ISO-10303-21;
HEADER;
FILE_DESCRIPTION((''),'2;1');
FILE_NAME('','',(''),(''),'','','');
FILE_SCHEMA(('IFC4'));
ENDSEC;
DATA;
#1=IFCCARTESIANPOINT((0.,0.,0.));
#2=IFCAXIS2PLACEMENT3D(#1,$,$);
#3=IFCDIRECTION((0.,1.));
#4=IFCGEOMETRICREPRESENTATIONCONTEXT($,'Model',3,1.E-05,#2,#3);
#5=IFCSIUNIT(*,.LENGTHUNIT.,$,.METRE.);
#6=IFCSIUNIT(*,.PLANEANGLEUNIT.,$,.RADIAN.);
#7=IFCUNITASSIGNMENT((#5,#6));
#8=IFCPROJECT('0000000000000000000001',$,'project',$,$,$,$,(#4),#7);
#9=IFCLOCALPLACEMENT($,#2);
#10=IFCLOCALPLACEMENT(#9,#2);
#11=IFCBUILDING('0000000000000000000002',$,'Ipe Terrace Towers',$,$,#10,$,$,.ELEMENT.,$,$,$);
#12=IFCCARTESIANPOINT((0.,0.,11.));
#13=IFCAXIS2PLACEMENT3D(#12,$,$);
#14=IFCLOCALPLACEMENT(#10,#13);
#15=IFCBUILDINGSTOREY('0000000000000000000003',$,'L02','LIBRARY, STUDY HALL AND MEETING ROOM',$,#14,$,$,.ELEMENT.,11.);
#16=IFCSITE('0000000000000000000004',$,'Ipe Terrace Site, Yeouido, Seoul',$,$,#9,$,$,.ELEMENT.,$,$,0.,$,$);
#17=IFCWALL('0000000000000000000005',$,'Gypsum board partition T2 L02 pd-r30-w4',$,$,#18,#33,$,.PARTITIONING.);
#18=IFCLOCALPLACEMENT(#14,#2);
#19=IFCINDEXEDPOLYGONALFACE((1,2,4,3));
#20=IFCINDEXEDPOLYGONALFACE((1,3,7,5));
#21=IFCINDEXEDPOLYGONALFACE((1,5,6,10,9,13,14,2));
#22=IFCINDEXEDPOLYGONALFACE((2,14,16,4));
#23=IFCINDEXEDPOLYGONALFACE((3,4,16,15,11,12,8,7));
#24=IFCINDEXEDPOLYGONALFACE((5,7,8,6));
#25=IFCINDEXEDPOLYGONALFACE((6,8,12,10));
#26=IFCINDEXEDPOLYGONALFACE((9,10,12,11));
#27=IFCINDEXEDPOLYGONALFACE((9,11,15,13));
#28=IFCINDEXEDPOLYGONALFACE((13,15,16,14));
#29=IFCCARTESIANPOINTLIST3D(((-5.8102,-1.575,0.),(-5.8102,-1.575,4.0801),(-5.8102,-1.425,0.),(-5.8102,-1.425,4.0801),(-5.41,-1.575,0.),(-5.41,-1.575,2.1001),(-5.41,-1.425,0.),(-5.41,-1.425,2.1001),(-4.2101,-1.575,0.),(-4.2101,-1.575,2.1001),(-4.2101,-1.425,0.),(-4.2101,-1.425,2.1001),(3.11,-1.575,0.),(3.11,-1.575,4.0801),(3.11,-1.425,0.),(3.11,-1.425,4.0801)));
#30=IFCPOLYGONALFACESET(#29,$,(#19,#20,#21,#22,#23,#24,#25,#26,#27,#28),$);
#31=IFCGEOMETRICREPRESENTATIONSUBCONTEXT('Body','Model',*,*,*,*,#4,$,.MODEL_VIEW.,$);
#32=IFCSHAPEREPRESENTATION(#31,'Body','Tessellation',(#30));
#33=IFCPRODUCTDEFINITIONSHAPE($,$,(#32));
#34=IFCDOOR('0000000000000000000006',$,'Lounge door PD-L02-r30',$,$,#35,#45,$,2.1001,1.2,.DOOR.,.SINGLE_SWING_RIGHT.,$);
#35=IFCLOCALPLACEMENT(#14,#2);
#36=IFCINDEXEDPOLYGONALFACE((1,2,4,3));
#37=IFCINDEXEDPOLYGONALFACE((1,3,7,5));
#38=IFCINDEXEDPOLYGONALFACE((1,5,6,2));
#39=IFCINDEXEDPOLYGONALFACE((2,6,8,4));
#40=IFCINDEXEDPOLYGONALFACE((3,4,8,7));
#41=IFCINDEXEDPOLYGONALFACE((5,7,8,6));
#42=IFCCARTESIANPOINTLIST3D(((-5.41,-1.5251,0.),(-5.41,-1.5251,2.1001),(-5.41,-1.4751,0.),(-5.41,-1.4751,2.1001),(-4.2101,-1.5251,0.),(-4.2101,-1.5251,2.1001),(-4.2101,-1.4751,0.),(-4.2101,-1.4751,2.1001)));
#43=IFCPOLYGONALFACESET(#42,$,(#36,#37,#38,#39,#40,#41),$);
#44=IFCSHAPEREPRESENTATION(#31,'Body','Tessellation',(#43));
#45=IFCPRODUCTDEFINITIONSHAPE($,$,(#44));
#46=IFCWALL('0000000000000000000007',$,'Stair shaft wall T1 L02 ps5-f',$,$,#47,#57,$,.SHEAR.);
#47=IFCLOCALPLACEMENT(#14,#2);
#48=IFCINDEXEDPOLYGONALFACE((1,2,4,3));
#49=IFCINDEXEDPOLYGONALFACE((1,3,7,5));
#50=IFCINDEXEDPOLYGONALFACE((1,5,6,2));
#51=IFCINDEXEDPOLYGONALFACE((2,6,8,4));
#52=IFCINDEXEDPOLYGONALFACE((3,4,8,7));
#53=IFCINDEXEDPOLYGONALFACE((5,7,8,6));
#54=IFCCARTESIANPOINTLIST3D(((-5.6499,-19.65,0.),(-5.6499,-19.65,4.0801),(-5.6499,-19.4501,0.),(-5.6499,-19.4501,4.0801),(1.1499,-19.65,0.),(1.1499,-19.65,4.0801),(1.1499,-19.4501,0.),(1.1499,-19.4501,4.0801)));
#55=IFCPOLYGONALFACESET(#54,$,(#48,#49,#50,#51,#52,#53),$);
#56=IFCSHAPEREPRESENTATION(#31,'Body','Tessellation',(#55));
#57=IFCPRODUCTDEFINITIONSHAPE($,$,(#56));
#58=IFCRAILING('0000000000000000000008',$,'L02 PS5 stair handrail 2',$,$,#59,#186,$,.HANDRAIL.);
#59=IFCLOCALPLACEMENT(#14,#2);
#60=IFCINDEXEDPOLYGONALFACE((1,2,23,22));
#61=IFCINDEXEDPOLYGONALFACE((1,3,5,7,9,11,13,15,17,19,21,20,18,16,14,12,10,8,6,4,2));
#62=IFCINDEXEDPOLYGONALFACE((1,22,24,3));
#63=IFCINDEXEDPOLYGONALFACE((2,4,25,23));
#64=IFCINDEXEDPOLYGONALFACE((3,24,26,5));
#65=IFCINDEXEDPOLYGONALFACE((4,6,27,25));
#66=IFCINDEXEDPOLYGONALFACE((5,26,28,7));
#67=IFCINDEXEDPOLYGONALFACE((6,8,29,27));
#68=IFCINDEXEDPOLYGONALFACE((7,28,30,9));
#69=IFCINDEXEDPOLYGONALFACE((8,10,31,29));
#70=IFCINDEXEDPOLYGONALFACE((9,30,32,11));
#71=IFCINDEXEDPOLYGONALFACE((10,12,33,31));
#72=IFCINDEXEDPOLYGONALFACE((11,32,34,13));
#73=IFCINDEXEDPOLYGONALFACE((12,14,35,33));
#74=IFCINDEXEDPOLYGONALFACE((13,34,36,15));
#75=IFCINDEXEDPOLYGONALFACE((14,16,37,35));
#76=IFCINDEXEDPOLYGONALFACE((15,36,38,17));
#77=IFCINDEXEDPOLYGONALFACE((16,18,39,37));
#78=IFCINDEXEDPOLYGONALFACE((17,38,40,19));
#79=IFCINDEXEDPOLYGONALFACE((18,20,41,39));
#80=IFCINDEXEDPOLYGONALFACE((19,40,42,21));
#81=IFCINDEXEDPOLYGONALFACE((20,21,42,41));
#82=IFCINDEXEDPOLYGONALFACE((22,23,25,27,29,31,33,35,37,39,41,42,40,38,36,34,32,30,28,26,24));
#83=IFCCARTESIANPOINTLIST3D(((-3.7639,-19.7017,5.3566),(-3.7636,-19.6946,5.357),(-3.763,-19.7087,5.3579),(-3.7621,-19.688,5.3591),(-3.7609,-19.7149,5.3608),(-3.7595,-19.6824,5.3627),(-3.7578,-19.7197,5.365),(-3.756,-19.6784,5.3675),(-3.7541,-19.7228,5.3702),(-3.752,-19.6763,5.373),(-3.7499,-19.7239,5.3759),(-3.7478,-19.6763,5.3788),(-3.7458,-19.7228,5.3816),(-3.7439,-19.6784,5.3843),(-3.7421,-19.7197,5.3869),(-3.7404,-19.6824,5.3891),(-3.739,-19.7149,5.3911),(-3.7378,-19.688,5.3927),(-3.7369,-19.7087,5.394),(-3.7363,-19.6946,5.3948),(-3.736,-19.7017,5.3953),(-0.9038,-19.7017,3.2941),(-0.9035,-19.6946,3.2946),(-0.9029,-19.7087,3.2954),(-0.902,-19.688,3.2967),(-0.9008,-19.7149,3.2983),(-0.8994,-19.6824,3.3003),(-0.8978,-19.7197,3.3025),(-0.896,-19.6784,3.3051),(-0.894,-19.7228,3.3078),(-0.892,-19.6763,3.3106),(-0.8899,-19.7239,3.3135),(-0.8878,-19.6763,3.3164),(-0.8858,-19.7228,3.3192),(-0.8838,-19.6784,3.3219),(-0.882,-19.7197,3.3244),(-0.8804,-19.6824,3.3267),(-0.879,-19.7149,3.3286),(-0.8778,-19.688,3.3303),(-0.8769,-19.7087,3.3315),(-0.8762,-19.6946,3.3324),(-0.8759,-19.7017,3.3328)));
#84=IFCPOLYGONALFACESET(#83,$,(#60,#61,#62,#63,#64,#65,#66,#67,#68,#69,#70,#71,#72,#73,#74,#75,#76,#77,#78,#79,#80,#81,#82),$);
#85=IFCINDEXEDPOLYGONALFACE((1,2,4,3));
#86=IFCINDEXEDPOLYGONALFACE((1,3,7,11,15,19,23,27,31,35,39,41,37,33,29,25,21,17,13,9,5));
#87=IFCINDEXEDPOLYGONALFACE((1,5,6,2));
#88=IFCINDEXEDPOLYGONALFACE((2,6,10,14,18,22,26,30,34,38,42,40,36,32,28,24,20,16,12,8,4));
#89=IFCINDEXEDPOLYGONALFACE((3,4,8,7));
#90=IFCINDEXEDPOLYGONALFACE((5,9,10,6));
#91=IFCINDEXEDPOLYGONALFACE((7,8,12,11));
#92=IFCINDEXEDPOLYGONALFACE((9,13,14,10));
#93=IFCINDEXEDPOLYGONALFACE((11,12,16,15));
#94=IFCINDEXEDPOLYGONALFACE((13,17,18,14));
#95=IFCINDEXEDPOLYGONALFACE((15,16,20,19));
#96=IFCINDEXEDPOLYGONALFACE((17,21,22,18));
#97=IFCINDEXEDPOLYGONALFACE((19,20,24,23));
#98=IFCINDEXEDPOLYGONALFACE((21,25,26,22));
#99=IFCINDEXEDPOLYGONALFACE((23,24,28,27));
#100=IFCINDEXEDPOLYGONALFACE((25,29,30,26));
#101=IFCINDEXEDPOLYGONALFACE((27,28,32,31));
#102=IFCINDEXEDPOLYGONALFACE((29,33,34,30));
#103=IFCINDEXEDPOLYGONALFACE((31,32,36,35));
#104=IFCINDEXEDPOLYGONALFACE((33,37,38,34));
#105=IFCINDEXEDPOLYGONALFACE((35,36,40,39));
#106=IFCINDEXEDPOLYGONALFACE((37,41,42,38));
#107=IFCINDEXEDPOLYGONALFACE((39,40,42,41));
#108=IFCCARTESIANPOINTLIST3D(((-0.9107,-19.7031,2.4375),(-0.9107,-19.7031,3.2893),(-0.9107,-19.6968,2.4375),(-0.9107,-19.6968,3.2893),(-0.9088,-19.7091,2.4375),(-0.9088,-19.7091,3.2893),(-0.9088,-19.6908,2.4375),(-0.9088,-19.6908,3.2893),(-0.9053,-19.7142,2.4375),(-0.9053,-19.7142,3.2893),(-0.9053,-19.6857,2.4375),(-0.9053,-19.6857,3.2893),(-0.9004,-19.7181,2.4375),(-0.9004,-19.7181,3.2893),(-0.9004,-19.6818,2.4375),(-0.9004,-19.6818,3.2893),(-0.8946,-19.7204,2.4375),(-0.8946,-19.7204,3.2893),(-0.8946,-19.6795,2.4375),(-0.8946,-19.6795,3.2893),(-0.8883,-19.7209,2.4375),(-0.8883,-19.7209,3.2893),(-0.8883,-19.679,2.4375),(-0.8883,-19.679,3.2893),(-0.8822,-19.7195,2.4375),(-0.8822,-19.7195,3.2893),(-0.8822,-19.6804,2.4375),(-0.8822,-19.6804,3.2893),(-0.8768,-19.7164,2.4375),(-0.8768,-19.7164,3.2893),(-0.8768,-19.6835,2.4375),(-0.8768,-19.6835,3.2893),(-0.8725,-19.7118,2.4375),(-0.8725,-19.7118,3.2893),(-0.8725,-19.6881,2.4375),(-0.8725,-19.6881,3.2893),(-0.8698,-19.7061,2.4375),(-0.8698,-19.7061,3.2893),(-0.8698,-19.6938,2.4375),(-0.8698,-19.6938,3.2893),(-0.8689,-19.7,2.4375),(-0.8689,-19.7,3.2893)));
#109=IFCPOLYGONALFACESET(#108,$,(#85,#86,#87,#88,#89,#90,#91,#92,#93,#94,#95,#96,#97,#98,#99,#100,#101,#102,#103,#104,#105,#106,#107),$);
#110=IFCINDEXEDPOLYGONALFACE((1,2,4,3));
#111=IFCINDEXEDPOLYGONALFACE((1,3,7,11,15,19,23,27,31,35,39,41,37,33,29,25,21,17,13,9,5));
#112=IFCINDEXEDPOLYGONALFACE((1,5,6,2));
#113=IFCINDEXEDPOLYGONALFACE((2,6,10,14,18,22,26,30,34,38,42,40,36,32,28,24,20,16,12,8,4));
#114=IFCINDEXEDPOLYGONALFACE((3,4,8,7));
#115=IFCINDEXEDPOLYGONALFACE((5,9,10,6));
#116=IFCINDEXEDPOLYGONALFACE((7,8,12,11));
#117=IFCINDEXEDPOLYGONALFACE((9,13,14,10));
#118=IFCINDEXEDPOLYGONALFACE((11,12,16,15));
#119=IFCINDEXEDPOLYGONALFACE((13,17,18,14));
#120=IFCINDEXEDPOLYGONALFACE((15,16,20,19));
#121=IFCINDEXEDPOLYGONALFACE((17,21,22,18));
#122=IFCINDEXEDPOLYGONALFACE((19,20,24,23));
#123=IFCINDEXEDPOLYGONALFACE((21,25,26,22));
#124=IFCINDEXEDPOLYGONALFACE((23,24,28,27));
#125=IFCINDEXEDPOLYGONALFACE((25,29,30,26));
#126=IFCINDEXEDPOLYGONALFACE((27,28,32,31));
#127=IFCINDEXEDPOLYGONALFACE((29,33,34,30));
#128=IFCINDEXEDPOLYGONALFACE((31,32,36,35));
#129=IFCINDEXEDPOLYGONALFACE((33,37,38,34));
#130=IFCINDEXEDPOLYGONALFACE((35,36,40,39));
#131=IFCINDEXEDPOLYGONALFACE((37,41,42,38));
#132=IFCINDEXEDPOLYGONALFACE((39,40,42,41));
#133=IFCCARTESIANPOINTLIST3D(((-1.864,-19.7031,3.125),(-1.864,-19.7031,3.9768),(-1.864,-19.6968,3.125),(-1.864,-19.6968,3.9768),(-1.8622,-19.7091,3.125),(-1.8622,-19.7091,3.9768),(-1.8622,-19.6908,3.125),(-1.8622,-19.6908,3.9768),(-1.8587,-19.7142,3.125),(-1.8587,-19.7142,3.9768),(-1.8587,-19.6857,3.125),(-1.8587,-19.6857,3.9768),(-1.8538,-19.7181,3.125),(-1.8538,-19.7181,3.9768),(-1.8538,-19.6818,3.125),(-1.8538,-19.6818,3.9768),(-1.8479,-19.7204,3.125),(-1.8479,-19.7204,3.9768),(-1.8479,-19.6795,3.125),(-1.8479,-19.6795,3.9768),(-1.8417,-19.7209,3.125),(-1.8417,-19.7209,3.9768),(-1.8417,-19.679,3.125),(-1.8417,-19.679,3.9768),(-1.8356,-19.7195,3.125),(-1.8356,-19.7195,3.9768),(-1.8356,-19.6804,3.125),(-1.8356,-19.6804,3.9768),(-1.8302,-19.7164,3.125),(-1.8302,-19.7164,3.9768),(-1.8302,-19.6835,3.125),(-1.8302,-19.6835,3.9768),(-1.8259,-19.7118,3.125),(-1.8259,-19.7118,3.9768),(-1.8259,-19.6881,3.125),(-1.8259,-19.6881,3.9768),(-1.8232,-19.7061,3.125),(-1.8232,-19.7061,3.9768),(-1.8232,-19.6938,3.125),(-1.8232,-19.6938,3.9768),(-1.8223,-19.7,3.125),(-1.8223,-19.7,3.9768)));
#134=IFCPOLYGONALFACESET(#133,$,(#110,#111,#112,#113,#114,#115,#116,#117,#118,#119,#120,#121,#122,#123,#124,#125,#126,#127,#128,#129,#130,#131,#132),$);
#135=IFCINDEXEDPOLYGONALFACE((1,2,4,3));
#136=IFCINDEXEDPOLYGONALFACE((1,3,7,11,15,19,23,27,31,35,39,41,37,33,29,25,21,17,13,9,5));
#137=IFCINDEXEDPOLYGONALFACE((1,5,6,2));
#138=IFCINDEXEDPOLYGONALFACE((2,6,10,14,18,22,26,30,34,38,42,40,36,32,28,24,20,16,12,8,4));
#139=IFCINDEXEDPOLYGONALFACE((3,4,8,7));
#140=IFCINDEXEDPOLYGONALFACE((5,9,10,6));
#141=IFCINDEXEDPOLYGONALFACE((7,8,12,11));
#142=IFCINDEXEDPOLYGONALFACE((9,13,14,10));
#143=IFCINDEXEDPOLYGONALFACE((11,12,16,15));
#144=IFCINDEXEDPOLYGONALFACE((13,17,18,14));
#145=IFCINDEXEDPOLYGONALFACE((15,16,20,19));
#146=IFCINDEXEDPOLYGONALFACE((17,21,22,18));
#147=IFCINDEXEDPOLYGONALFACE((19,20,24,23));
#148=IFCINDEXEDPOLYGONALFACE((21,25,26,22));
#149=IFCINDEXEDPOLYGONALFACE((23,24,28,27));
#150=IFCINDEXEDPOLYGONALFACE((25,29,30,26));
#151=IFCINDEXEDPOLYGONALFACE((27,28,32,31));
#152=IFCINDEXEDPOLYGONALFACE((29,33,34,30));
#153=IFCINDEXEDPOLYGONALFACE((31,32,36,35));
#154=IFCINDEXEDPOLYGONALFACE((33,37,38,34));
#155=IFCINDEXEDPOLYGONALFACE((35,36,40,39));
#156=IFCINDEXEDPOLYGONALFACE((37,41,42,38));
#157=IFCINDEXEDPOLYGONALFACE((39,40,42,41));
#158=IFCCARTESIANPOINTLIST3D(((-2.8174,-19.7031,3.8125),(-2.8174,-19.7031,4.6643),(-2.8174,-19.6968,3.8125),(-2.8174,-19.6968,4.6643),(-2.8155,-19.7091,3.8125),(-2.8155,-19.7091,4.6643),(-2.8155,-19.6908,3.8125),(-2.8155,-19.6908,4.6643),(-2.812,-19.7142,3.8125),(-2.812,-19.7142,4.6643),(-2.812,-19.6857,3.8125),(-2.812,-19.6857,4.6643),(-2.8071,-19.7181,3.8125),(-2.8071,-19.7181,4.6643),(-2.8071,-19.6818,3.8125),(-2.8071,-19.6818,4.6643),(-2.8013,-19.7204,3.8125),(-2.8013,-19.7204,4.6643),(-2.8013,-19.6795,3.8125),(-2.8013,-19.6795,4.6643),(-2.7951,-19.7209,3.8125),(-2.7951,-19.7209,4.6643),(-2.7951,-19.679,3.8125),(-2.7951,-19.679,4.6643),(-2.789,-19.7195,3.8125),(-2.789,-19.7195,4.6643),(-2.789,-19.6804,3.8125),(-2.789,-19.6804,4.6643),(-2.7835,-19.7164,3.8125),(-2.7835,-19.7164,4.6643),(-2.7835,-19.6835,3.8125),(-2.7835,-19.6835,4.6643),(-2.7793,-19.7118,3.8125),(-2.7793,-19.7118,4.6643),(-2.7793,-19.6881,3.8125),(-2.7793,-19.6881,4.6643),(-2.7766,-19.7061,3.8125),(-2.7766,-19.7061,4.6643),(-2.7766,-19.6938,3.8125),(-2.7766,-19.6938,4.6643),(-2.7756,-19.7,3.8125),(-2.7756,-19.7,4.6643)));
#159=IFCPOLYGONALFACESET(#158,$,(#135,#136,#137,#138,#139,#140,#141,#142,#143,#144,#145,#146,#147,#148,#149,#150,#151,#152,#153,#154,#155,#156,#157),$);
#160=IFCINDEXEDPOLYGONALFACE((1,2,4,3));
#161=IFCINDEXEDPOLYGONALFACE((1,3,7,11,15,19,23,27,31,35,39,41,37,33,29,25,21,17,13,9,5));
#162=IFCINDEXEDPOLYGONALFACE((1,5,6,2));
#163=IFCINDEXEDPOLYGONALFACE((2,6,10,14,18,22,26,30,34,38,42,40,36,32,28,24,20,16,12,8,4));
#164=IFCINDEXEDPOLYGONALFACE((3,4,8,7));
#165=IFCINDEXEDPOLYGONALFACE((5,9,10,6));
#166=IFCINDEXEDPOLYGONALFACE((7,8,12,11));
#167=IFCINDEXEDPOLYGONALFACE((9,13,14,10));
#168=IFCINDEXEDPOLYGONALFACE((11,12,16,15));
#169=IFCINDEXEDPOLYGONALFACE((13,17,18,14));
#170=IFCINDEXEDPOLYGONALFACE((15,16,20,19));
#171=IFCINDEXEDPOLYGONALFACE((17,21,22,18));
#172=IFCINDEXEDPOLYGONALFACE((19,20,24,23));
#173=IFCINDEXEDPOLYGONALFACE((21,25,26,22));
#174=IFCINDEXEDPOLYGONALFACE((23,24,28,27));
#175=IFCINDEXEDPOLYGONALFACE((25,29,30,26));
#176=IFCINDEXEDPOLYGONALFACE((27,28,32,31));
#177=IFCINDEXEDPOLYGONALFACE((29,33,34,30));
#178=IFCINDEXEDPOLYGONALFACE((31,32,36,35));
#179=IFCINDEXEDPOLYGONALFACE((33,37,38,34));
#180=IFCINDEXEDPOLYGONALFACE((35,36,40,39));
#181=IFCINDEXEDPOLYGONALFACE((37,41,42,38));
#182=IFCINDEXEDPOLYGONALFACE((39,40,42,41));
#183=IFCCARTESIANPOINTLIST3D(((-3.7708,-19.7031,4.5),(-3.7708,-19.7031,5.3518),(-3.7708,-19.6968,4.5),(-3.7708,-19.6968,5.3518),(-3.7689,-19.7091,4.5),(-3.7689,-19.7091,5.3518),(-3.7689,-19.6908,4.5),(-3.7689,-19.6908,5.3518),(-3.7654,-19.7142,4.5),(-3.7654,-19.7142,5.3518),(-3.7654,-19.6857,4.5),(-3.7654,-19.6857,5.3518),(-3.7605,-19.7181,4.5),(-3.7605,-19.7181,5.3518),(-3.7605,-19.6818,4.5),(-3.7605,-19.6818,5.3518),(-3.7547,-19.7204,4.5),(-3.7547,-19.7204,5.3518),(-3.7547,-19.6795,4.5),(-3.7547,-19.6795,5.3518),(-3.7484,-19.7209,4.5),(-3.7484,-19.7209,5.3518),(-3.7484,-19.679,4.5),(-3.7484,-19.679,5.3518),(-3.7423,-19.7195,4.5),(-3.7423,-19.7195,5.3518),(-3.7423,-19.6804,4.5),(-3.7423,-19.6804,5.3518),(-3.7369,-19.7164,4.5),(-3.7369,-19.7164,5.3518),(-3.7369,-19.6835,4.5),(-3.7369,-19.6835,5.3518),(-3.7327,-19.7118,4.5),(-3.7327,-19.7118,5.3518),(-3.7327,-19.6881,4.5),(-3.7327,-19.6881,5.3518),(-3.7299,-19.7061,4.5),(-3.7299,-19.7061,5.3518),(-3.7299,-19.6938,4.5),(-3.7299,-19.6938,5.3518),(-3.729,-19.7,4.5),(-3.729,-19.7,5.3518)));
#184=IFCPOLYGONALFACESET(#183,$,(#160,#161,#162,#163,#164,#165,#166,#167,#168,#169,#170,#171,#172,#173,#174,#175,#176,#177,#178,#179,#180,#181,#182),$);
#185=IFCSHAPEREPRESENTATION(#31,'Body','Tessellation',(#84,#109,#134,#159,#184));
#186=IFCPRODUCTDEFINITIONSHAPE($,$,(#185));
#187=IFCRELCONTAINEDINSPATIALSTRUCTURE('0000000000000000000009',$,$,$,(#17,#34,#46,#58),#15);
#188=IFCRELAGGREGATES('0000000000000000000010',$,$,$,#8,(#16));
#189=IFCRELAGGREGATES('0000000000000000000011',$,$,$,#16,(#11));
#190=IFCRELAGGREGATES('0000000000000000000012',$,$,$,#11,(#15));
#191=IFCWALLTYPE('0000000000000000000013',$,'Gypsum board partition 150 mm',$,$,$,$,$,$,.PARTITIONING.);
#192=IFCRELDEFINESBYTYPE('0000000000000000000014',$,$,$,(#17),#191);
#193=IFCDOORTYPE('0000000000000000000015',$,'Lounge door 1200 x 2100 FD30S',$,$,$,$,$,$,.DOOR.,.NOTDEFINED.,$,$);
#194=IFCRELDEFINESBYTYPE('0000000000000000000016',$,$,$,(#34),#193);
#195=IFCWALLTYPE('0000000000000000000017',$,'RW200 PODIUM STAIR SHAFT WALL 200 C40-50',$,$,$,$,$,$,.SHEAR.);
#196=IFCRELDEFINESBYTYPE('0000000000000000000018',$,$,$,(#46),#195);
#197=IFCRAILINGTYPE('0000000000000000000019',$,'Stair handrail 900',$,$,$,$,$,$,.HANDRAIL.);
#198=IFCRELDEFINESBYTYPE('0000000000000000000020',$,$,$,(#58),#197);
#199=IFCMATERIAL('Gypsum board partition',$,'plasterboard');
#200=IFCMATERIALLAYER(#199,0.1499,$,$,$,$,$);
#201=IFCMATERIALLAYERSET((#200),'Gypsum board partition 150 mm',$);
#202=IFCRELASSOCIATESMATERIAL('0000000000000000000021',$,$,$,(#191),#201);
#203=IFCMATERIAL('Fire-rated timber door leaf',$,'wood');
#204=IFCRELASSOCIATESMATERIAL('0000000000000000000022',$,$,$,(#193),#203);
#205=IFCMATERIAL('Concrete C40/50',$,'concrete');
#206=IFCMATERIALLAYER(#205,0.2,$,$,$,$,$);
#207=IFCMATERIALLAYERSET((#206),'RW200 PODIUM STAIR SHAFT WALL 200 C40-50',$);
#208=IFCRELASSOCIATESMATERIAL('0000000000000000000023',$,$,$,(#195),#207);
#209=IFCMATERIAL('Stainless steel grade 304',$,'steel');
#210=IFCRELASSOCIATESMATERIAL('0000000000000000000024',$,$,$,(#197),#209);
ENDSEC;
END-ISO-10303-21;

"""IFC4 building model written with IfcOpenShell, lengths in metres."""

from ifc_helpers import new_model, si_unit, direction, frame, frame_2d, origin, origin_2d, place, context, subcontext, project, spatial, rectangle, circle, extrude, material, layer, layer_set, type_object, element, fill, save


model = new_model("IFC4")

# Units and contexts
model_context = context("Model", 3, precision=1e-05, world=origin(), true_north=direction((0.0, 1.0)))
body_context = subcontext(model_context, "Body", "Model", "MODEL_VIEW")
ifc_project = project(units=[si_unit("LENGTHUNIT", "METRE"), si_unit("PLANEANGLEUNIT", "RADIAN")], contexts=[model_context])

# Site, building, storey
site_placement = place(None, origin())
site = spatial("IfcSite", under=ifc_project, at=site_placement, Name="Ipe Terrace Site, Yeouido, Seoul", CompositionType="ELEMENT", RefElevation=0.0)
building_placement = place(site_placement, origin())
building = spatial("IfcBuilding", under=site, at=building_placement, Name="Ipe Terrace Towers", CompositionType="ELEMENT")
storey_placement = place(building_placement, frame((0.0, 0.0, 11.0)))
storey = spatial("IfcBuildingStorey", under=building, at=storey_placement, Name="L02", Description="LIBRARY, STUDY HALL AND MEETING ROOM", CompositionType="ELEMENT", Elevation=11.0)

# Shared definitions
ifc_material_1 = material(Name="Gypsum board partition", Category="plasterboard")
ifc_layer_1 = layer(ifc_material_1, 0.1499)
ifc_layer_set_1 = layer_set([ifc_layer_1], Name="Gypsum board partition 150 mm")
wall_type_1 = type_object("IfcWallType", Name="Gypsum board partition 150 mm", PredefinedType="PARTITIONING", material=ifc_layer_set_1)

# Wall, opening, door
ifc_material_2 = material(Name="Fire-rated timber door leaf", Category="wood")
door_type = type_object("IfcDoorType", Name="Lounge door 1200 x 2100 FD30S", OperationType="NOTDEFINED", PredefinedType="DOOR", material=ifc_material_2)
wall_1_placement = place(storey_placement, frame((-5.8101, -1.5, 0.0), z_axis=(0.0, 0.0, 1.0), x_axis=(1.0, 0.0, 0.0)))
wall_1 = element("IfcWall", 1, at=wall_1_placement, inside=storey, type_object=wall_type_1, Name="Gypsum board partition T2 L02 pd-r30-w4", PredefinedType="PARTITIONING", context=body_context, shape_type="SweptSolid", body=[
    extrude(rectangle(XDim=8.9202, YDim=0.1499, at=frame_2d((4.46, 0.0))), origin(), (0.0, 0.0, 1.0), 4.0801),
])
opening_1_placement = place(wall_1_placement, frame((0.3999, 0.0, 0.0)))
opening_1 = element("IfcOpeningElement", 2, at=opening_1_placement, cuts=wall_1, PredefinedType="OPENING", context=body_context, shape_type="SweptSolid", body=[
    extrude(rectangle(XDim=1.2, YDim=2.1001, at=frame_2d((0.6001, 1.05))), frame((0.0, 0.085, 0.0), z_axis=(0.0, -1.0, 0.0), x_axis=(1.0, 0.0, 0.0)), (0.0, 0.0, 1.0), 0.1699),
])
door_1_placement = place(opening_1_placement, origin())
door_1 = element("IfcDoor", 3, at=door_1_placement, inside=storey, type_object=door_type, Name="Lounge door PD-L02-r30", OperationType="SINGLE_SWING_RIGHT", OverallHeight=2.1001, OverallWidth=1.2, PredefinedType="DOOR", context=body_context, shape_type="SweptSolid", body=[
    extrude(rectangle(XDim=1.2, YDim=2.1001, at=frame_2d((0.6001, 1.05))), frame((0.0, 0.0249, 0.0), z_axis=(0.0, -1.0, 0.0), x_axis=(1.0, 0.0, 0.0)), (0.0, 0.0, 1.0), 0.05),
])
fill(opening_1, door_1)

# Wall
ifc_material_3 = material(Name="Concrete C40/50", Category="concrete")
ifc_layer_2 = layer(ifc_material_3, 0.2)
ifc_layer_set_2 = layer_set([ifc_layer_2], Name="RW200 PODIUM STAIR SHAFT WALL 200 C40-50")
wall_type_2 = type_object("IfcWallType", Name="RW200 PODIUM STAIR SHAFT WALL 200 C40-50", PredefinedType="SHEAR", material=ifc_layer_set_2)
wall_2_placement = place(storey_placement, frame((-5.6499, -19.55, 0.0), z_axis=(0.0, 0.0, 1.0), x_axis=(1.0, 0.0, 0.0)))
element("IfcWall", 4, at=wall_2_placement, inside=storey, type_object=wall_type_2, Name="Stair shaft wall T1 L02 ps5-f", PredefinedType="SHEAR", context=body_context, shape_type="SweptSolid", body=[
    extrude(rectangle(XDim=6.7998, YDim=0.2, at=frame_2d((3.3999, 0.0))), origin(), (0.0, 0.0, 1.0), 4.0801),
])

# Railing
ifc_material_4 = material(Name="Stainless steel grade 304", Category="steel")
railing_type = type_object("IfcRailingType", Name="Stair handrail 900", PredefinedType="HANDRAIL", material=ifc_material_4)
railing_placement = place(storey_placement, frame((-0.8899, -19.7, 2.4375)))
element("IfcRailing", 5, at=railing_placement, inside=storey, type_object=railing_type, Name="L02 PS5 stair handrail 2", PredefinedType="HANDRAIL", context=body_context, shape_type="SweptSolid", body=[
    extrude(circle(Radius=0.0239, at=origin_2d()), frame((0.0, 0.0, 0.876), z_axis=(-0.811101, 0.0, 0.584906), x_axis=(0.0, -1.0, 0.0)), (0.0, 0.0, 1.0), 3.5261),
    extrude(circle(Radius=0.021, at=origin_2d()), origin(), (0.0, 0.0, 1.0), 0.8518),
    extrude(circle(Radius=0.021, at=origin_2d()), frame((-0.9534, 0.0, 0.6875)), (0.0, 0.0, 1.0), 0.8518),
    extrude(circle(Radius=0.021, at=origin_2d()), frame((-1.9067, 0.0, 1.375)), (0.0, 0.0, 1.0), 0.8518),
    extrude(circle(Radius=0.021, at=origin_2d()), frame((-2.8601, 0.0, 2.0625)), (0.0, 0.0, 1.0), 0.8518),
])

save(model, "model.ifc")
